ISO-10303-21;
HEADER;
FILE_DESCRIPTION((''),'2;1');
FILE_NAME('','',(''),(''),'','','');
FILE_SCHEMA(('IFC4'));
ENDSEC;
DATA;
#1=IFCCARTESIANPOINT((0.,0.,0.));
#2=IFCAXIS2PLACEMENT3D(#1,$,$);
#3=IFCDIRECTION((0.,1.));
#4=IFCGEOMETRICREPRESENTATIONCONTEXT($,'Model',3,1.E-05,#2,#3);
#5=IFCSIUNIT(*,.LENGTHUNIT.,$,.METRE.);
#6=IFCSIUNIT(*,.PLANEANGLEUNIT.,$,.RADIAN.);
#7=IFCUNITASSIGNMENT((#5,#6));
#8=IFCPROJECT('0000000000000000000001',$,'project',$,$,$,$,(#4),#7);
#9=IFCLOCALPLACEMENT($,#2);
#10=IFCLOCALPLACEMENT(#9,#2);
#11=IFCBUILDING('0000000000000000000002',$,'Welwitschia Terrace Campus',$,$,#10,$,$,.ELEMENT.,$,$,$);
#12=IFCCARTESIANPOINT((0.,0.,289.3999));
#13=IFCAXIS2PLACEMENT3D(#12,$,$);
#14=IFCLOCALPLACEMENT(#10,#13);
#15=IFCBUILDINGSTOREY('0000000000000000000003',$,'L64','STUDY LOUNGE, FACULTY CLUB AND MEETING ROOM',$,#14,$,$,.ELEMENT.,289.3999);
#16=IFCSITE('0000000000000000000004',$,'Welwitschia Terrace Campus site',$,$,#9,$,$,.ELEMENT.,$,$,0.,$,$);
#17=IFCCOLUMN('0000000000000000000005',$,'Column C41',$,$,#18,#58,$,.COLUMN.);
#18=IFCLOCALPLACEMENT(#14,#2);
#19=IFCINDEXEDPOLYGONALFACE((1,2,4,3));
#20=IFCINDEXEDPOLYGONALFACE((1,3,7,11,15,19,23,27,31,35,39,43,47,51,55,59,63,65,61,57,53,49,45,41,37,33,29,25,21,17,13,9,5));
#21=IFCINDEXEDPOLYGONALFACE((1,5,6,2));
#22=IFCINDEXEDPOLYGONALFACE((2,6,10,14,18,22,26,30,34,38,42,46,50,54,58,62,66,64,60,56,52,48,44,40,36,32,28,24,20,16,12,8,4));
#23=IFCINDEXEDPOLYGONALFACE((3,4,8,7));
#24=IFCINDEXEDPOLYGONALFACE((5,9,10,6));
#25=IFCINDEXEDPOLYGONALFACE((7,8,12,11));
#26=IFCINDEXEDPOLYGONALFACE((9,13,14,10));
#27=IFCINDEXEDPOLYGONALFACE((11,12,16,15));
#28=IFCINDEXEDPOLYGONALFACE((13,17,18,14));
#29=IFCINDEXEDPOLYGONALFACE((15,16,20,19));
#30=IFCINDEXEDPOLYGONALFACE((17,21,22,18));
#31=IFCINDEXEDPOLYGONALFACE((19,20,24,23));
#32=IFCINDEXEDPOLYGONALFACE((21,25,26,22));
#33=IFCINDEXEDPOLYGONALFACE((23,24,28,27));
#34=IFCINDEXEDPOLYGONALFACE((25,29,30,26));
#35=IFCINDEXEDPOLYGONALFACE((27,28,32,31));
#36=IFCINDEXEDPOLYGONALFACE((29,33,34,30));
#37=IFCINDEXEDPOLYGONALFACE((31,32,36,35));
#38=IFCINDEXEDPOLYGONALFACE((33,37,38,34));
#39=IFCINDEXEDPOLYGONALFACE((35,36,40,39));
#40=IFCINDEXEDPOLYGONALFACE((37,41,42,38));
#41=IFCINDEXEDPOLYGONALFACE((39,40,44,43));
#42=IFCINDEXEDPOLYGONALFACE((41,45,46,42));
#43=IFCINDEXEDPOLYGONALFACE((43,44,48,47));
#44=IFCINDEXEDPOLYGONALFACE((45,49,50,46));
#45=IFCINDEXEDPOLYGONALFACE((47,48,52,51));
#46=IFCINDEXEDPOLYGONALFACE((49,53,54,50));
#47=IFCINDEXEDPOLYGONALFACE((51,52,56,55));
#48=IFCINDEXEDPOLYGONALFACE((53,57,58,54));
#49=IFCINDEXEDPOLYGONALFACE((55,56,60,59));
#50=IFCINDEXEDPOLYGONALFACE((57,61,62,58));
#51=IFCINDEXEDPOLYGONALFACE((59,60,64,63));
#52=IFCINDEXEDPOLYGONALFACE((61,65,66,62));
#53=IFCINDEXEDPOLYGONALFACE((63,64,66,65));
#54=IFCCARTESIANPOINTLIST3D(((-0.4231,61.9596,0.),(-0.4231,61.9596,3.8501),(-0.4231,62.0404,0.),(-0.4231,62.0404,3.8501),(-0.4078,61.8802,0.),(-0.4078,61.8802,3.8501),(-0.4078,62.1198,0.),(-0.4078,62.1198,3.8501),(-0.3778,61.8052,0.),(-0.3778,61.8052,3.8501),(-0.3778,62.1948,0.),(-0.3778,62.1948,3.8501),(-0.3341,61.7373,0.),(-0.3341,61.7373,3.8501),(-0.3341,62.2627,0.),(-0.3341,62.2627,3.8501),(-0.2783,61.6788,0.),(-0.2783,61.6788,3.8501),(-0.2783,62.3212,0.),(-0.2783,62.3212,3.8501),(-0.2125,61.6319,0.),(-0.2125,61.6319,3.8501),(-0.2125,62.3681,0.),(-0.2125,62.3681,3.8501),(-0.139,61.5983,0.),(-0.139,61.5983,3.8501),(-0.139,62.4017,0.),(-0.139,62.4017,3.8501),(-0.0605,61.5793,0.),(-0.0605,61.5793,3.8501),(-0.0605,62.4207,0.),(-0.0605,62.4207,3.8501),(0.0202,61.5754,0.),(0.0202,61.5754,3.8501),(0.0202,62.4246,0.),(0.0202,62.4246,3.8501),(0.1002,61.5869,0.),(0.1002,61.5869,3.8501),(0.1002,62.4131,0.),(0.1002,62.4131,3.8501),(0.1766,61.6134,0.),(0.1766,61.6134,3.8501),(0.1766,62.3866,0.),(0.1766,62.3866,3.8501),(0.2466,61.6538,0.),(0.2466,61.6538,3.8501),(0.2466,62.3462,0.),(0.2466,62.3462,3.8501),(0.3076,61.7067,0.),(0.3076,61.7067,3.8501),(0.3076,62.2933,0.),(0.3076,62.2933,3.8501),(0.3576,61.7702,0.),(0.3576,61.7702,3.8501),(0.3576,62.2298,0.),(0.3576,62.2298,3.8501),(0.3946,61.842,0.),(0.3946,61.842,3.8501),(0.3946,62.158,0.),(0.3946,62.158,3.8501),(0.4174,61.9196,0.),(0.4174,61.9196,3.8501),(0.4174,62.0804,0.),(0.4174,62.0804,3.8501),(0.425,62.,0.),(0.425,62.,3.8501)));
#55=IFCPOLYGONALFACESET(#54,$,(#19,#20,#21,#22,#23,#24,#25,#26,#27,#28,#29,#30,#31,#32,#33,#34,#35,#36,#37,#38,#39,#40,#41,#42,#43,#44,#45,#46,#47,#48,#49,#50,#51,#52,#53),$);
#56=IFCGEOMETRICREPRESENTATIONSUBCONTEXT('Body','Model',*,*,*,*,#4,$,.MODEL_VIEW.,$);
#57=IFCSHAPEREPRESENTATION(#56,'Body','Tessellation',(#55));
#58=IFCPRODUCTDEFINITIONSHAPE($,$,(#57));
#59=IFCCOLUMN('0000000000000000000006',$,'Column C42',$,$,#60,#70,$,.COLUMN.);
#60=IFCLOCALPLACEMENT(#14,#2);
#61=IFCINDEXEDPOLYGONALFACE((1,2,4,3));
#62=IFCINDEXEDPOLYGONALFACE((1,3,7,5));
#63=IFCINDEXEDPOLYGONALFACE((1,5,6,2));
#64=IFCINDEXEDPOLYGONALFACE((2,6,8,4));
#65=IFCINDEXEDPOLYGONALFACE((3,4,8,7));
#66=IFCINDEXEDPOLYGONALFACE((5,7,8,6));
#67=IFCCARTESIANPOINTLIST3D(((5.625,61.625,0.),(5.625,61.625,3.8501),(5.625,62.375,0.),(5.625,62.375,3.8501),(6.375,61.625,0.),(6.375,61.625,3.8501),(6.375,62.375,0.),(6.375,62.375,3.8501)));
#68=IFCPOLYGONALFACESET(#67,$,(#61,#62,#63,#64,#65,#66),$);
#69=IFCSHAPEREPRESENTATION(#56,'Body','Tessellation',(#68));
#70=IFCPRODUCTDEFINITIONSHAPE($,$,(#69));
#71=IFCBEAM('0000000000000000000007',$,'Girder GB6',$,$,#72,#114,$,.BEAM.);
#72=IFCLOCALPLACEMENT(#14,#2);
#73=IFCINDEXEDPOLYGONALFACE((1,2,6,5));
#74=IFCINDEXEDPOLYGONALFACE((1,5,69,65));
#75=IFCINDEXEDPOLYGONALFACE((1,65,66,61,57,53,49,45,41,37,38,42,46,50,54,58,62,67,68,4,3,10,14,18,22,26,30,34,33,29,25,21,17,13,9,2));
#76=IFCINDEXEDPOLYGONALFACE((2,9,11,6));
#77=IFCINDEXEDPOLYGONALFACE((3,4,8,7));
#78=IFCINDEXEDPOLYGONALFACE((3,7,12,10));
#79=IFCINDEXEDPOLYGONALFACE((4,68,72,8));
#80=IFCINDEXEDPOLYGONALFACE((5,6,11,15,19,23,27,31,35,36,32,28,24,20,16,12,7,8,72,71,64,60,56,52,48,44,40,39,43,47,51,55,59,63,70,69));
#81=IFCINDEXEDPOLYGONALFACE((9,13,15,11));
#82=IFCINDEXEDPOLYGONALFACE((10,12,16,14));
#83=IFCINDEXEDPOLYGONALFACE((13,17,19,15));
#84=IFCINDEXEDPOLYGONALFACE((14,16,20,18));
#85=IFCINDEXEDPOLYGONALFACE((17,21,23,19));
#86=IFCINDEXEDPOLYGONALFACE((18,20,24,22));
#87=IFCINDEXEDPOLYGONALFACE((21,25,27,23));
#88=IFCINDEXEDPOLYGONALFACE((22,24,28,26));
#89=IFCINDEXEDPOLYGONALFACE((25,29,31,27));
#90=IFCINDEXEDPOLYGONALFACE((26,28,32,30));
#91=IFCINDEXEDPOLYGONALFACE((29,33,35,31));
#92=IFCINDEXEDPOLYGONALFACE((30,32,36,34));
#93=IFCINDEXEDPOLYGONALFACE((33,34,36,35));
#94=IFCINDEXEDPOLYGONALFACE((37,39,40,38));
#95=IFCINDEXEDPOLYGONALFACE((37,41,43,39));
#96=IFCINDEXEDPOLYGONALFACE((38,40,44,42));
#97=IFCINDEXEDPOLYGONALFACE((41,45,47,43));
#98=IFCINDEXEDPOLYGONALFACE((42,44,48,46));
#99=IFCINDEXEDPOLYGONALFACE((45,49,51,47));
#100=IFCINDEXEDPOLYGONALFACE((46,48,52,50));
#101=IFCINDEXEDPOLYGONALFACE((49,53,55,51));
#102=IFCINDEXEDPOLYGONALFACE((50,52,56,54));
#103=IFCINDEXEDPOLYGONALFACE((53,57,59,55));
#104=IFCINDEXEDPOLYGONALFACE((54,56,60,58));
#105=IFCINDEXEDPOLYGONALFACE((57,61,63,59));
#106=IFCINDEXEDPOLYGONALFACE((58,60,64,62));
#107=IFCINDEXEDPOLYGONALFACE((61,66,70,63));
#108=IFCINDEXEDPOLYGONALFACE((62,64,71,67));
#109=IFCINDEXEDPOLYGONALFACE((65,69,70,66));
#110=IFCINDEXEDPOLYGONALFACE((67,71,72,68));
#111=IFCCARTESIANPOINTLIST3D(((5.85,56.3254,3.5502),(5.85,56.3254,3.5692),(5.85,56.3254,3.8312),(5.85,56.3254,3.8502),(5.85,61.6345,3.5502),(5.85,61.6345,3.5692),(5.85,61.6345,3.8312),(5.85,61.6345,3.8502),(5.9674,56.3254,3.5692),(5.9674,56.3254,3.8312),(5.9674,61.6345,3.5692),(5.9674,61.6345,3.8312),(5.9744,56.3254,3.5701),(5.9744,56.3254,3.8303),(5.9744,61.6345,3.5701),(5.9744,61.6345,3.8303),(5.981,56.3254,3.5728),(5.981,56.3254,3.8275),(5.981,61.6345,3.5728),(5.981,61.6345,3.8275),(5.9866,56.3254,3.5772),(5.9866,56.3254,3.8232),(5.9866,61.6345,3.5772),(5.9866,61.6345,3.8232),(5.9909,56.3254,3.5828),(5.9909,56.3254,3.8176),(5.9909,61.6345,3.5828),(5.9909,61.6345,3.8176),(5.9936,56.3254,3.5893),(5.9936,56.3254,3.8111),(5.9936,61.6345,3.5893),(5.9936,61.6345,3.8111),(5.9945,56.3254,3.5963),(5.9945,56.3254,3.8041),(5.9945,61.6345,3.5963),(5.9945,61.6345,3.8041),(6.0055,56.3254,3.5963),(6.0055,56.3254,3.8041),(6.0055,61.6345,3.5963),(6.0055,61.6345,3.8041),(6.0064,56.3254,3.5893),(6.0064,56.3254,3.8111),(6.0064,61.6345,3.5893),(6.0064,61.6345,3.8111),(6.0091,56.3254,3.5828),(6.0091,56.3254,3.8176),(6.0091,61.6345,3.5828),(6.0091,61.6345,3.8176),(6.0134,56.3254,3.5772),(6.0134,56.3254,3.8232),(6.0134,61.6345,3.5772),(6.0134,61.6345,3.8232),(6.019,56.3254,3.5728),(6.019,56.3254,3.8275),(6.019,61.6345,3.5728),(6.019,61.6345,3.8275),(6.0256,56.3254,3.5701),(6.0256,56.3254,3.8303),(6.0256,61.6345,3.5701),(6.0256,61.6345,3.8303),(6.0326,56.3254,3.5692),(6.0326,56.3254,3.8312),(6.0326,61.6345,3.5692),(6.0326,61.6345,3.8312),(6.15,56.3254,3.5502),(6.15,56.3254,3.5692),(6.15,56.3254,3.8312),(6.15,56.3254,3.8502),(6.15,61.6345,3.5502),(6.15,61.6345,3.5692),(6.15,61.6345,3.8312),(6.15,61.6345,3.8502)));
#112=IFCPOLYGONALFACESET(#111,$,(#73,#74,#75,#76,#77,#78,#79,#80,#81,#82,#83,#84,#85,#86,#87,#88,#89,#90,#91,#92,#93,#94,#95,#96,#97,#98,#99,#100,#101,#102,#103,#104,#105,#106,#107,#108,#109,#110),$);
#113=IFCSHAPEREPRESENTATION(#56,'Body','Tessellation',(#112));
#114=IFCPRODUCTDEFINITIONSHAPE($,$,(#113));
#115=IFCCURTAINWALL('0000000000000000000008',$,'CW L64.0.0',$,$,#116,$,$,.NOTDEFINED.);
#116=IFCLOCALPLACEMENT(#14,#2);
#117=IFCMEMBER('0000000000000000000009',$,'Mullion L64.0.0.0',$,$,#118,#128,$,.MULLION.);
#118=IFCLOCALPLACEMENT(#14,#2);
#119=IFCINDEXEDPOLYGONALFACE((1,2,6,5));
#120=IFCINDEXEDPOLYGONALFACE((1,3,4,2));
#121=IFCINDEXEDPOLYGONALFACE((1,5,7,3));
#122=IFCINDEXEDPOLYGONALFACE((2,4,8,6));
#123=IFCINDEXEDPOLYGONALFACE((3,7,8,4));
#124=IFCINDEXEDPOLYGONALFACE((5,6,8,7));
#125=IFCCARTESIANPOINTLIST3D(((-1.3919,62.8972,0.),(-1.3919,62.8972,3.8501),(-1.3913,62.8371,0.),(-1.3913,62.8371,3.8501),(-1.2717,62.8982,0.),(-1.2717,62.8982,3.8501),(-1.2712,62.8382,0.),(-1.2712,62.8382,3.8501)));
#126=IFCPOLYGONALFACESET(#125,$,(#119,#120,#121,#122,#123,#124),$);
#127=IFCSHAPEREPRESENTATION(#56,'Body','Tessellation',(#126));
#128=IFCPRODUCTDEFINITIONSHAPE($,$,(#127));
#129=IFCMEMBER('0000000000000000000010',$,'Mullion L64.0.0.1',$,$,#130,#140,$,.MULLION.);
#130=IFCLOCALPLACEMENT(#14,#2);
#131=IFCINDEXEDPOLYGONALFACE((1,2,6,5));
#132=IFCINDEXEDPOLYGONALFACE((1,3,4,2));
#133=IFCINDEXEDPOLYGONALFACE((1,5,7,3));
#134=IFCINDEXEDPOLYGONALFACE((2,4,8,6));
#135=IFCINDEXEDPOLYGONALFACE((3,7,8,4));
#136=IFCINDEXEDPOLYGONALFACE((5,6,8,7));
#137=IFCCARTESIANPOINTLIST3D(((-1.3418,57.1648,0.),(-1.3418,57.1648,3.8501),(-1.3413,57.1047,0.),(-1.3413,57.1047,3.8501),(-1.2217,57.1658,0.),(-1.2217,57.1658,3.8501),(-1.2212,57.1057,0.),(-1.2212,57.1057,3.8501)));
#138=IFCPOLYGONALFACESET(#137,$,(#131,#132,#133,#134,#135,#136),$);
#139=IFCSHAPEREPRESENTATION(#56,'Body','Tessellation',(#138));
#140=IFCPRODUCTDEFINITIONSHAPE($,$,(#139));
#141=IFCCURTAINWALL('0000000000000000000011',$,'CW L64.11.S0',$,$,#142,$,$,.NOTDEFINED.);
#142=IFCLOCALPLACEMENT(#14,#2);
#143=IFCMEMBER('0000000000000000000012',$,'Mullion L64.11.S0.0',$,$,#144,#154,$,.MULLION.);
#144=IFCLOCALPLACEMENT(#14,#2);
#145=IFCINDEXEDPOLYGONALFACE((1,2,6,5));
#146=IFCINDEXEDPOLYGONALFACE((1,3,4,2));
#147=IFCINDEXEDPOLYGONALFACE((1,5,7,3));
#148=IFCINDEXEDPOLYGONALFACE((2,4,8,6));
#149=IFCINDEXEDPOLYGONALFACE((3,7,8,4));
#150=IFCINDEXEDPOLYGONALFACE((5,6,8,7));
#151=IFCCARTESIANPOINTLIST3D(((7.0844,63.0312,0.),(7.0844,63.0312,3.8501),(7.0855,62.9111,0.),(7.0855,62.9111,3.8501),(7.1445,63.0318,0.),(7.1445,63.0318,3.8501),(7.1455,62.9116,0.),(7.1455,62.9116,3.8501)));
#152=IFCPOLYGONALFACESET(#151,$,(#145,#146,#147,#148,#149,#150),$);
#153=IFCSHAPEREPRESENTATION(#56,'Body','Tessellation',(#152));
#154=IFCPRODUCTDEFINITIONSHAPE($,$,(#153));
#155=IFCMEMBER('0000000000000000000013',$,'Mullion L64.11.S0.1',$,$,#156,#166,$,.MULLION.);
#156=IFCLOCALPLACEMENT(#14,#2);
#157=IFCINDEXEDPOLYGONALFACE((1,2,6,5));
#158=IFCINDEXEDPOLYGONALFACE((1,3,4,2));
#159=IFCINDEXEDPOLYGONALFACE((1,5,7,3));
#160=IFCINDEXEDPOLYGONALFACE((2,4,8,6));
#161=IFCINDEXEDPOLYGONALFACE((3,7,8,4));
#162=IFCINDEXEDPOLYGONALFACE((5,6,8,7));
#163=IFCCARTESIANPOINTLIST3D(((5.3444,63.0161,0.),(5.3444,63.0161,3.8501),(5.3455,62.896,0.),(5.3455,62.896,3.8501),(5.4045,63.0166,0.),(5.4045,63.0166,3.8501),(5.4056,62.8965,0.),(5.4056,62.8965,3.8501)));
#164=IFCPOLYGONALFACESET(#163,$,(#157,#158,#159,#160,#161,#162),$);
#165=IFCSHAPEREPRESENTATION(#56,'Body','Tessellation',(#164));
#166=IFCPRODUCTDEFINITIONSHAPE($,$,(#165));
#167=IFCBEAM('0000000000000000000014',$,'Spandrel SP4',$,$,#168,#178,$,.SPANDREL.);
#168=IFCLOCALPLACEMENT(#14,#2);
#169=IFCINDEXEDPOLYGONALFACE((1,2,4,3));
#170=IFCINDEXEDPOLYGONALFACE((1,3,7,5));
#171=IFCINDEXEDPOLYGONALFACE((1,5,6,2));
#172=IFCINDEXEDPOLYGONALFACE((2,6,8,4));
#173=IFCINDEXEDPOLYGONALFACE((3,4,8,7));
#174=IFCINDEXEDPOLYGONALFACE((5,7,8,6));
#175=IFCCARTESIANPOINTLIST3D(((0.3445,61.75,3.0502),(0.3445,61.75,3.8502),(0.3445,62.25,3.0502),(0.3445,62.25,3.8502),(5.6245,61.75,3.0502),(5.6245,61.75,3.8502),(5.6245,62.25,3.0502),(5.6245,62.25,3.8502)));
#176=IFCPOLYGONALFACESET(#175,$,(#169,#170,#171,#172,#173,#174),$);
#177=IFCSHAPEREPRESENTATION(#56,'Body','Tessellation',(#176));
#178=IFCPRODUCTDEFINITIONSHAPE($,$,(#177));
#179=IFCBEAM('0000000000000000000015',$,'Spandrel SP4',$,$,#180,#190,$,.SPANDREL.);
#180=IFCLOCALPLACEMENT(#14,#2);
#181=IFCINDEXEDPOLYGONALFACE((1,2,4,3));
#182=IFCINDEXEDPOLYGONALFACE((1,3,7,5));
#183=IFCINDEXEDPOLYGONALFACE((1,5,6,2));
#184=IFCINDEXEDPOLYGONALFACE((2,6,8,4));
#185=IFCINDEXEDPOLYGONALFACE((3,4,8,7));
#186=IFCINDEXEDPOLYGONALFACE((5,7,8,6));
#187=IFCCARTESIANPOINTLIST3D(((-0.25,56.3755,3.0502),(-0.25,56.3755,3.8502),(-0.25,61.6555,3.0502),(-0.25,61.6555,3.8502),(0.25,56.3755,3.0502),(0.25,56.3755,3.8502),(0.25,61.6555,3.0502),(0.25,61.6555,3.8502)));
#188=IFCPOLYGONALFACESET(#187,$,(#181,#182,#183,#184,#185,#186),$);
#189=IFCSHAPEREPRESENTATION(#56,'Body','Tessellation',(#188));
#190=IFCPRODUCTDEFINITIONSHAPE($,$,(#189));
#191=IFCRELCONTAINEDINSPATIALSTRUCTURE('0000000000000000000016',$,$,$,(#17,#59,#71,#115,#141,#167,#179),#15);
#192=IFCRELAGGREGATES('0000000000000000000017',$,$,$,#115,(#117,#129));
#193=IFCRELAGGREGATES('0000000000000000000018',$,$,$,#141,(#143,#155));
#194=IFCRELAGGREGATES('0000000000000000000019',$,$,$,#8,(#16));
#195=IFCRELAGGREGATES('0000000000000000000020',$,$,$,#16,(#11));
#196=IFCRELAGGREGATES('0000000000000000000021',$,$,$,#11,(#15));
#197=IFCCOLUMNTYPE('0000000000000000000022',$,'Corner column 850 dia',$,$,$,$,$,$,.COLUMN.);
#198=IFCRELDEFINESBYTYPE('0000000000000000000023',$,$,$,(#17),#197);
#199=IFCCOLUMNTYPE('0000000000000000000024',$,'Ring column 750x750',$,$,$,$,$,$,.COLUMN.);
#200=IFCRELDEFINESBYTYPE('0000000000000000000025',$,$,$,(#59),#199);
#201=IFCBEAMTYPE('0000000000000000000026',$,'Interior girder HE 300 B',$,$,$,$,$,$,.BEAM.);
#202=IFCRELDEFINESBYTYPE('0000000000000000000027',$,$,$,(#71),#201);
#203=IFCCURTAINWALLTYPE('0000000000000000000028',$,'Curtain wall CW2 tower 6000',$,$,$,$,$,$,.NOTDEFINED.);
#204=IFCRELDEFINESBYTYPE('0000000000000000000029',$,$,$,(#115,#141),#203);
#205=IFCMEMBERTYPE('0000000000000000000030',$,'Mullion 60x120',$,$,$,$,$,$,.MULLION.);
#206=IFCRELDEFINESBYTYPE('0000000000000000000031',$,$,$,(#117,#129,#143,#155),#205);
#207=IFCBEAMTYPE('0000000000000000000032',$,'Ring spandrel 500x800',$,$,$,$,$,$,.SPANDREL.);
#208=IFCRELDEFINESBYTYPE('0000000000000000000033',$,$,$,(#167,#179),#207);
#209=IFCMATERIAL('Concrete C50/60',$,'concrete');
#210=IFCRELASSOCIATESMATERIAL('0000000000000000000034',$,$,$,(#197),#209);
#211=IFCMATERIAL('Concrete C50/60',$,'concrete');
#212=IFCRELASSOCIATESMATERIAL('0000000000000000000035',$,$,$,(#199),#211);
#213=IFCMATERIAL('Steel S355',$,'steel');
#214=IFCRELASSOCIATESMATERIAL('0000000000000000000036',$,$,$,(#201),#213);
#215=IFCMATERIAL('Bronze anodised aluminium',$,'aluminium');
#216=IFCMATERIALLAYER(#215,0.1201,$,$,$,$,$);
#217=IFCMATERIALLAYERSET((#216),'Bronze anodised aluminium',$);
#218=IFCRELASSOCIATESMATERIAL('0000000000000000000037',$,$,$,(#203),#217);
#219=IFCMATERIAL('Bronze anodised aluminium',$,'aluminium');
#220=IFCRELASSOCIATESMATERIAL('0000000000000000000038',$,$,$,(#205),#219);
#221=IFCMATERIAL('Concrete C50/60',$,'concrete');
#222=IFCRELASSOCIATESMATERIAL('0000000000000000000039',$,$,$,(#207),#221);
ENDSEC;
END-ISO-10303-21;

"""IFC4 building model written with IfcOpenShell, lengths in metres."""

from ifc_helpers import new_model, si_unit, direction, frame, origin, origin_2d, place, context, subcontext, project, spatial, rectangle, circle, i_section, extrude, material, layer, layer_set, material_profile, profile_set, type_object, element, aggregate, save


model = new_model("IFC4")

# Units and contexts
model_context = context("Model", 3, precision=1e-05, world=origin(), true_north=direction((0.0, 1.0)))
body_context = subcontext(model_context, "Body", "Model", "MODEL_VIEW")
ifc_project = project(units=[si_unit("LENGTHUNIT", "METRE"), si_unit("PLANEANGLEUNIT", "RADIAN")], contexts=[model_context])

# Site, building, storey
site_placement = place(None, origin())
site = spatial("IfcSite", under=ifc_project, at=site_placement, Name="Welwitschia Terrace Campus site", CompositionType="ELEMENT", RefElevation=0.0)
building_placement = place(site_placement, origin())
building = spatial("IfcBuilding", under=site, at=building_placement, Name="Welwitschia Terrace Campus", CompositionType="ELEMENT")
storey_placement = place(building_placement, frame((0.0, 0.0, 289.3999)))
storey = spatial("IfcBuildingStorey", under=building, at=storey_placement, Name="L64", Description="STUDY LOUNGE, FACULTY CLUB AND MEETING ROOM", CompositionType="ELEMENT", Elevation=289.3999)

# Columns
ifc_material_1 = material(Name="Concrete C50/60", Category="concrete")
ifc_material_profile_1 = material_profile(ifc_material_1, circle(Radius=0.425, at=origin_2d()))
ifc_profile_set_1 = profile_set([ifc_material_profile_1], Name="Concrete C50/60")
column_type_1 = type_object("IfcColumnType", Name="Corner column 850 dia", PredefinedType="COLUMN", material=ifc_profile_set_1)
column_1_placement = place(storey_placement, frame((0.0, 62.0, 0.0), z_axis=(0.0, 0.0, 1.0), x_axis=(1.0, 0.0, 0.0)))
element("IfcColumn", 1, at=column_1_placement, inside=storey, type_object=column_type_1, Name="Column C41", PredefinedType="COLUMN", context=body_context, shape_type="SweptSolid", body=[
    extrude(circle(Radius=0.425, at=origin_2d()), origin(), (0.0, 0.0, 1.0), 3.8501),
])
ifc_material_2 = material(Name="Concrete C50/60", Category="concrete")
ifc_material_profile_2 = material_profile(ifc_material_2, rectangle(XDim=0.75, YDim=0.75, at=origin_2d()))
ifc_profile_set_2 = profile_set([ifc_material_profile_2], Name="Concrete C50/60")
column_type_2 = type_object("IfcColumnType", Name="Ring column 750x750", PredefinedType="COLUMN", material=ifc_profile_set_2)
column_2_placement = place(storey_placement, frame((6.0, 62.0, 0.0), z_axis=(0.0, 0.0, 1.0), x_axis=(1.0, 0.0, 0.0)))
element("IfcColumn", 2, at=column_2_placement, inside=storey, type_object=column_type_2, Name="Column C42", PredefinedType="COLUMN", context=body_context, shape_type="SweptSolid", body=[
    extrude(rectangle(XDim=0.75, YDim=0.75, at=origin_2d()), origin(), (0.0, 0.0, 1.0), 3.8501),
])

# Beam
ifc_material_3 = material(Name="Steel S355", Category="steel")
ifc_material_profile_3 = material_profile(ifc_material_3, i_section(OverallWidth=0.3, OverallDepth=0.3, WebThickness=0.011, FlangeThickness=0.019, FilletRadius=0.0271, at=origin_2d()))
ifc_profile_set_3 = profile_set([ifc_material_profile_3], Name="Steel S355")
beam_type_1 = type_object("IfcBeamType", Name="Interior girder HE 300 B", PredefinedType="BEAM", material=ifc_profile_set_3)
beam_placement = place(storey_placement, frame((6.0, 56.3254, 3.7002), z_axis=(0.0, 1.0, 0.0), x_axis=(-1.0, 0.0, 0.0)))
element("IfcBeam", 3, at=beam_placement, inside=storey, type_object=beam_type_1, Name="Girder GB6", PredefinedType="BEAM", context=body_context, shape_type="SweptSolid", body=[
    extrude(i_section(OverallWidth=0.3, OverallDepth=0.3, WebThickness=0.011, FlangeThickness=0.019, FilletRadius=0.0271, at=origin_2d()), origin(), (0.0, 0.0, 1.0), 5.3091),
])

# Curtain walls, members
ifc_material_4 = material(Name="Bronze anodised aluminium", Category="aluminium")
ifc_layer_1 = layer(ifc_material_4, 0.1201)
ifc_layer_set_1 = layer_set([ifc_layer_1], Name="Bronze anodised aluminium")
curtain_wall_type = type_object("IfcCurtainWallType", Name="Curtain wall CW2 tower 6000", PredefinedType="NOTDEFINED", material=ifc_layer_set_1)
curtain_wall_1_placement = place(storey_placement, origin())
curtain_wall_1 = element("IfcCurtainWall", 4, at=curtain_wall_1_placement, inside=storey, type_object=curtain_wall_type, Name="CW L64.0.0", PredefinedType="NOTDEFINED")
ifc_material_5 = material(Name="Bronze anodised aluminium", Category="aluminium")
ifc_material_profile_4 = material_profile(ifc_material_5, rectangle(XDim=0.1201, YDim=0.0601, at=origin_2d()))
ifc_profile_set_4 = profile_set([ifc_material_profile_4], Name="Bronze anodised aluminium")
member_type_1 = type_object("IfcMemberType", Name="Mullion 60x120", PredefinedType="MULLION", material=ifc_profile_set_4)
member_1_placement = place(storey_placement, frame((-1.3315, 62.8677, 0.0), z_axis=(0.0, 0.0, 1.0), x_axis=(0.999962, 0.008727, 0.0)))
member_1 = element("IfcMember", 5, at=member_1_placement, type_object=member_type_1, Name="Mullion L64.0.0.0", PredefinedType="MULLION", context=body_context, shape_type="SweptSolid", body=[
    extrude(rectangle(XDim=0.1201, YDim=0.0601, at=origin_2d()), origin(), (0.0, 0.0, 1.0), 3.8501),
])
member_2_placement = place(storey_placement, frame((-1.2815, 57.1353, 0.0), z_axis=(0.0, 0.0, 1.0), x_axis=(0.999962, 0.008727, 0.0)))
member_2 = element("IfcMember", 6, at=member_2_placement, type_object=member_type_1, Name="Mullion L64.0.0.1", PredefinedType="MULLION", context=body_context, shape_type="SweptSolid", body=[
    extrude(rectangle(XDim=0.1201, YDim=0.0601, at=origin_2d()), origin(), (0.0, 0.0, 1.0), 3.8501),
])
curtain_wall_2_placement = place(storey_placement, origin())
curtain_wall_2 = element("IfcCurtainWall", 7, at=curtain_wall_2_placement, inside=storey, type_object=curtain_wall_type, Name="CW L64.11.S0", PredefinedType="NOTDEFINED")
member_3_placement = place(storey_placement, frame((7.115, 62.9714, 0.0), z_axis=(0.0, 0.0, 1.0), x_axis=(0.008727, -0.999962, 0.0)))
member_3 = element("IfcMember", 8, at=member_3_placement, type_object=member_type_1, Name="Mullion L64.11.S0.0", PredefinedType="MULLION", context=body_context, shape_type="SweptSolid", body=[
    extrude(rectangle(XDim=0.1201, YDim=0.0601, at=origin_2d()), origin(), (0.0, 0.0, 1.0), 3.8501),
])
member_4_placement = place(storey_placement, frame((5.375, 62.9563, 0.0), z_axis=(0.0, 0.0, 1.0), x_axis=(0.008727, -0.999962, 0.0)))
member_4 = element("IfcMember", 9, at=member_4_placement, type_object=member_type_1, Name="Mullion L64.11.S0.1", PredefinedType="MULLION", context=body_context, shape_type="SweptSolid", body=[
    extrude(rectangle(XDim=0.1201, YDim=0.0601, at=origin_2d()), origin(), (0.0, 0.0, 1.0), 3.8501),
])

# Beams
ifc_material_6 = material(Name="Concrete C50/60", Category="concrete")
ifc_material_profile_5 = material_profile(ifc_material_6, rectangle(XDim=0.5, YDim=0.8, at=origin_2d()))
ifc_profile_set_5 = profile_set([ifc_material_profile_5], Name="Concrete C50/60")
beam_type_2 = type_object("IfcBeamType", Name="Ring spandrel 500x800", PredefinedType="SPANDREL", material=ifc_profile_set_5)
for number, where, z_axis, x_axis, name in (
    (10, (5.6245, 62.0, 3.4502), (-1.0, 0.0, 0.0), (0.0, -1.0, 0.0), "Spandrel SP4"),
    (11, (0.0, 61.6555, 3.4502), (0.0, -1.0, 0.0), (1.0, 0.0, 0.0), "Spandrel SP4"),
):
    element("IfcBeam", number, at=place(storey_placement, frame(where, z_axis=z_axis, x_axis=x_axis)), inside=storey, type_object=beam_type_2, Name=name, PredefinedType="SPANDREL", context=body_context, shape_type="SweptSolid", body=[
        extrude(rectangle(XDim=0.5, YDim=0.8, at=origin_2d()), origin(), (0.0, 0.0, 1.0), 5.28),
    ])

aggregate(curtain_wall_1, [member_1, member_2])
aggregate(curtain_wall_2, [member_3, member_4])

save(model, "model.ifc")
